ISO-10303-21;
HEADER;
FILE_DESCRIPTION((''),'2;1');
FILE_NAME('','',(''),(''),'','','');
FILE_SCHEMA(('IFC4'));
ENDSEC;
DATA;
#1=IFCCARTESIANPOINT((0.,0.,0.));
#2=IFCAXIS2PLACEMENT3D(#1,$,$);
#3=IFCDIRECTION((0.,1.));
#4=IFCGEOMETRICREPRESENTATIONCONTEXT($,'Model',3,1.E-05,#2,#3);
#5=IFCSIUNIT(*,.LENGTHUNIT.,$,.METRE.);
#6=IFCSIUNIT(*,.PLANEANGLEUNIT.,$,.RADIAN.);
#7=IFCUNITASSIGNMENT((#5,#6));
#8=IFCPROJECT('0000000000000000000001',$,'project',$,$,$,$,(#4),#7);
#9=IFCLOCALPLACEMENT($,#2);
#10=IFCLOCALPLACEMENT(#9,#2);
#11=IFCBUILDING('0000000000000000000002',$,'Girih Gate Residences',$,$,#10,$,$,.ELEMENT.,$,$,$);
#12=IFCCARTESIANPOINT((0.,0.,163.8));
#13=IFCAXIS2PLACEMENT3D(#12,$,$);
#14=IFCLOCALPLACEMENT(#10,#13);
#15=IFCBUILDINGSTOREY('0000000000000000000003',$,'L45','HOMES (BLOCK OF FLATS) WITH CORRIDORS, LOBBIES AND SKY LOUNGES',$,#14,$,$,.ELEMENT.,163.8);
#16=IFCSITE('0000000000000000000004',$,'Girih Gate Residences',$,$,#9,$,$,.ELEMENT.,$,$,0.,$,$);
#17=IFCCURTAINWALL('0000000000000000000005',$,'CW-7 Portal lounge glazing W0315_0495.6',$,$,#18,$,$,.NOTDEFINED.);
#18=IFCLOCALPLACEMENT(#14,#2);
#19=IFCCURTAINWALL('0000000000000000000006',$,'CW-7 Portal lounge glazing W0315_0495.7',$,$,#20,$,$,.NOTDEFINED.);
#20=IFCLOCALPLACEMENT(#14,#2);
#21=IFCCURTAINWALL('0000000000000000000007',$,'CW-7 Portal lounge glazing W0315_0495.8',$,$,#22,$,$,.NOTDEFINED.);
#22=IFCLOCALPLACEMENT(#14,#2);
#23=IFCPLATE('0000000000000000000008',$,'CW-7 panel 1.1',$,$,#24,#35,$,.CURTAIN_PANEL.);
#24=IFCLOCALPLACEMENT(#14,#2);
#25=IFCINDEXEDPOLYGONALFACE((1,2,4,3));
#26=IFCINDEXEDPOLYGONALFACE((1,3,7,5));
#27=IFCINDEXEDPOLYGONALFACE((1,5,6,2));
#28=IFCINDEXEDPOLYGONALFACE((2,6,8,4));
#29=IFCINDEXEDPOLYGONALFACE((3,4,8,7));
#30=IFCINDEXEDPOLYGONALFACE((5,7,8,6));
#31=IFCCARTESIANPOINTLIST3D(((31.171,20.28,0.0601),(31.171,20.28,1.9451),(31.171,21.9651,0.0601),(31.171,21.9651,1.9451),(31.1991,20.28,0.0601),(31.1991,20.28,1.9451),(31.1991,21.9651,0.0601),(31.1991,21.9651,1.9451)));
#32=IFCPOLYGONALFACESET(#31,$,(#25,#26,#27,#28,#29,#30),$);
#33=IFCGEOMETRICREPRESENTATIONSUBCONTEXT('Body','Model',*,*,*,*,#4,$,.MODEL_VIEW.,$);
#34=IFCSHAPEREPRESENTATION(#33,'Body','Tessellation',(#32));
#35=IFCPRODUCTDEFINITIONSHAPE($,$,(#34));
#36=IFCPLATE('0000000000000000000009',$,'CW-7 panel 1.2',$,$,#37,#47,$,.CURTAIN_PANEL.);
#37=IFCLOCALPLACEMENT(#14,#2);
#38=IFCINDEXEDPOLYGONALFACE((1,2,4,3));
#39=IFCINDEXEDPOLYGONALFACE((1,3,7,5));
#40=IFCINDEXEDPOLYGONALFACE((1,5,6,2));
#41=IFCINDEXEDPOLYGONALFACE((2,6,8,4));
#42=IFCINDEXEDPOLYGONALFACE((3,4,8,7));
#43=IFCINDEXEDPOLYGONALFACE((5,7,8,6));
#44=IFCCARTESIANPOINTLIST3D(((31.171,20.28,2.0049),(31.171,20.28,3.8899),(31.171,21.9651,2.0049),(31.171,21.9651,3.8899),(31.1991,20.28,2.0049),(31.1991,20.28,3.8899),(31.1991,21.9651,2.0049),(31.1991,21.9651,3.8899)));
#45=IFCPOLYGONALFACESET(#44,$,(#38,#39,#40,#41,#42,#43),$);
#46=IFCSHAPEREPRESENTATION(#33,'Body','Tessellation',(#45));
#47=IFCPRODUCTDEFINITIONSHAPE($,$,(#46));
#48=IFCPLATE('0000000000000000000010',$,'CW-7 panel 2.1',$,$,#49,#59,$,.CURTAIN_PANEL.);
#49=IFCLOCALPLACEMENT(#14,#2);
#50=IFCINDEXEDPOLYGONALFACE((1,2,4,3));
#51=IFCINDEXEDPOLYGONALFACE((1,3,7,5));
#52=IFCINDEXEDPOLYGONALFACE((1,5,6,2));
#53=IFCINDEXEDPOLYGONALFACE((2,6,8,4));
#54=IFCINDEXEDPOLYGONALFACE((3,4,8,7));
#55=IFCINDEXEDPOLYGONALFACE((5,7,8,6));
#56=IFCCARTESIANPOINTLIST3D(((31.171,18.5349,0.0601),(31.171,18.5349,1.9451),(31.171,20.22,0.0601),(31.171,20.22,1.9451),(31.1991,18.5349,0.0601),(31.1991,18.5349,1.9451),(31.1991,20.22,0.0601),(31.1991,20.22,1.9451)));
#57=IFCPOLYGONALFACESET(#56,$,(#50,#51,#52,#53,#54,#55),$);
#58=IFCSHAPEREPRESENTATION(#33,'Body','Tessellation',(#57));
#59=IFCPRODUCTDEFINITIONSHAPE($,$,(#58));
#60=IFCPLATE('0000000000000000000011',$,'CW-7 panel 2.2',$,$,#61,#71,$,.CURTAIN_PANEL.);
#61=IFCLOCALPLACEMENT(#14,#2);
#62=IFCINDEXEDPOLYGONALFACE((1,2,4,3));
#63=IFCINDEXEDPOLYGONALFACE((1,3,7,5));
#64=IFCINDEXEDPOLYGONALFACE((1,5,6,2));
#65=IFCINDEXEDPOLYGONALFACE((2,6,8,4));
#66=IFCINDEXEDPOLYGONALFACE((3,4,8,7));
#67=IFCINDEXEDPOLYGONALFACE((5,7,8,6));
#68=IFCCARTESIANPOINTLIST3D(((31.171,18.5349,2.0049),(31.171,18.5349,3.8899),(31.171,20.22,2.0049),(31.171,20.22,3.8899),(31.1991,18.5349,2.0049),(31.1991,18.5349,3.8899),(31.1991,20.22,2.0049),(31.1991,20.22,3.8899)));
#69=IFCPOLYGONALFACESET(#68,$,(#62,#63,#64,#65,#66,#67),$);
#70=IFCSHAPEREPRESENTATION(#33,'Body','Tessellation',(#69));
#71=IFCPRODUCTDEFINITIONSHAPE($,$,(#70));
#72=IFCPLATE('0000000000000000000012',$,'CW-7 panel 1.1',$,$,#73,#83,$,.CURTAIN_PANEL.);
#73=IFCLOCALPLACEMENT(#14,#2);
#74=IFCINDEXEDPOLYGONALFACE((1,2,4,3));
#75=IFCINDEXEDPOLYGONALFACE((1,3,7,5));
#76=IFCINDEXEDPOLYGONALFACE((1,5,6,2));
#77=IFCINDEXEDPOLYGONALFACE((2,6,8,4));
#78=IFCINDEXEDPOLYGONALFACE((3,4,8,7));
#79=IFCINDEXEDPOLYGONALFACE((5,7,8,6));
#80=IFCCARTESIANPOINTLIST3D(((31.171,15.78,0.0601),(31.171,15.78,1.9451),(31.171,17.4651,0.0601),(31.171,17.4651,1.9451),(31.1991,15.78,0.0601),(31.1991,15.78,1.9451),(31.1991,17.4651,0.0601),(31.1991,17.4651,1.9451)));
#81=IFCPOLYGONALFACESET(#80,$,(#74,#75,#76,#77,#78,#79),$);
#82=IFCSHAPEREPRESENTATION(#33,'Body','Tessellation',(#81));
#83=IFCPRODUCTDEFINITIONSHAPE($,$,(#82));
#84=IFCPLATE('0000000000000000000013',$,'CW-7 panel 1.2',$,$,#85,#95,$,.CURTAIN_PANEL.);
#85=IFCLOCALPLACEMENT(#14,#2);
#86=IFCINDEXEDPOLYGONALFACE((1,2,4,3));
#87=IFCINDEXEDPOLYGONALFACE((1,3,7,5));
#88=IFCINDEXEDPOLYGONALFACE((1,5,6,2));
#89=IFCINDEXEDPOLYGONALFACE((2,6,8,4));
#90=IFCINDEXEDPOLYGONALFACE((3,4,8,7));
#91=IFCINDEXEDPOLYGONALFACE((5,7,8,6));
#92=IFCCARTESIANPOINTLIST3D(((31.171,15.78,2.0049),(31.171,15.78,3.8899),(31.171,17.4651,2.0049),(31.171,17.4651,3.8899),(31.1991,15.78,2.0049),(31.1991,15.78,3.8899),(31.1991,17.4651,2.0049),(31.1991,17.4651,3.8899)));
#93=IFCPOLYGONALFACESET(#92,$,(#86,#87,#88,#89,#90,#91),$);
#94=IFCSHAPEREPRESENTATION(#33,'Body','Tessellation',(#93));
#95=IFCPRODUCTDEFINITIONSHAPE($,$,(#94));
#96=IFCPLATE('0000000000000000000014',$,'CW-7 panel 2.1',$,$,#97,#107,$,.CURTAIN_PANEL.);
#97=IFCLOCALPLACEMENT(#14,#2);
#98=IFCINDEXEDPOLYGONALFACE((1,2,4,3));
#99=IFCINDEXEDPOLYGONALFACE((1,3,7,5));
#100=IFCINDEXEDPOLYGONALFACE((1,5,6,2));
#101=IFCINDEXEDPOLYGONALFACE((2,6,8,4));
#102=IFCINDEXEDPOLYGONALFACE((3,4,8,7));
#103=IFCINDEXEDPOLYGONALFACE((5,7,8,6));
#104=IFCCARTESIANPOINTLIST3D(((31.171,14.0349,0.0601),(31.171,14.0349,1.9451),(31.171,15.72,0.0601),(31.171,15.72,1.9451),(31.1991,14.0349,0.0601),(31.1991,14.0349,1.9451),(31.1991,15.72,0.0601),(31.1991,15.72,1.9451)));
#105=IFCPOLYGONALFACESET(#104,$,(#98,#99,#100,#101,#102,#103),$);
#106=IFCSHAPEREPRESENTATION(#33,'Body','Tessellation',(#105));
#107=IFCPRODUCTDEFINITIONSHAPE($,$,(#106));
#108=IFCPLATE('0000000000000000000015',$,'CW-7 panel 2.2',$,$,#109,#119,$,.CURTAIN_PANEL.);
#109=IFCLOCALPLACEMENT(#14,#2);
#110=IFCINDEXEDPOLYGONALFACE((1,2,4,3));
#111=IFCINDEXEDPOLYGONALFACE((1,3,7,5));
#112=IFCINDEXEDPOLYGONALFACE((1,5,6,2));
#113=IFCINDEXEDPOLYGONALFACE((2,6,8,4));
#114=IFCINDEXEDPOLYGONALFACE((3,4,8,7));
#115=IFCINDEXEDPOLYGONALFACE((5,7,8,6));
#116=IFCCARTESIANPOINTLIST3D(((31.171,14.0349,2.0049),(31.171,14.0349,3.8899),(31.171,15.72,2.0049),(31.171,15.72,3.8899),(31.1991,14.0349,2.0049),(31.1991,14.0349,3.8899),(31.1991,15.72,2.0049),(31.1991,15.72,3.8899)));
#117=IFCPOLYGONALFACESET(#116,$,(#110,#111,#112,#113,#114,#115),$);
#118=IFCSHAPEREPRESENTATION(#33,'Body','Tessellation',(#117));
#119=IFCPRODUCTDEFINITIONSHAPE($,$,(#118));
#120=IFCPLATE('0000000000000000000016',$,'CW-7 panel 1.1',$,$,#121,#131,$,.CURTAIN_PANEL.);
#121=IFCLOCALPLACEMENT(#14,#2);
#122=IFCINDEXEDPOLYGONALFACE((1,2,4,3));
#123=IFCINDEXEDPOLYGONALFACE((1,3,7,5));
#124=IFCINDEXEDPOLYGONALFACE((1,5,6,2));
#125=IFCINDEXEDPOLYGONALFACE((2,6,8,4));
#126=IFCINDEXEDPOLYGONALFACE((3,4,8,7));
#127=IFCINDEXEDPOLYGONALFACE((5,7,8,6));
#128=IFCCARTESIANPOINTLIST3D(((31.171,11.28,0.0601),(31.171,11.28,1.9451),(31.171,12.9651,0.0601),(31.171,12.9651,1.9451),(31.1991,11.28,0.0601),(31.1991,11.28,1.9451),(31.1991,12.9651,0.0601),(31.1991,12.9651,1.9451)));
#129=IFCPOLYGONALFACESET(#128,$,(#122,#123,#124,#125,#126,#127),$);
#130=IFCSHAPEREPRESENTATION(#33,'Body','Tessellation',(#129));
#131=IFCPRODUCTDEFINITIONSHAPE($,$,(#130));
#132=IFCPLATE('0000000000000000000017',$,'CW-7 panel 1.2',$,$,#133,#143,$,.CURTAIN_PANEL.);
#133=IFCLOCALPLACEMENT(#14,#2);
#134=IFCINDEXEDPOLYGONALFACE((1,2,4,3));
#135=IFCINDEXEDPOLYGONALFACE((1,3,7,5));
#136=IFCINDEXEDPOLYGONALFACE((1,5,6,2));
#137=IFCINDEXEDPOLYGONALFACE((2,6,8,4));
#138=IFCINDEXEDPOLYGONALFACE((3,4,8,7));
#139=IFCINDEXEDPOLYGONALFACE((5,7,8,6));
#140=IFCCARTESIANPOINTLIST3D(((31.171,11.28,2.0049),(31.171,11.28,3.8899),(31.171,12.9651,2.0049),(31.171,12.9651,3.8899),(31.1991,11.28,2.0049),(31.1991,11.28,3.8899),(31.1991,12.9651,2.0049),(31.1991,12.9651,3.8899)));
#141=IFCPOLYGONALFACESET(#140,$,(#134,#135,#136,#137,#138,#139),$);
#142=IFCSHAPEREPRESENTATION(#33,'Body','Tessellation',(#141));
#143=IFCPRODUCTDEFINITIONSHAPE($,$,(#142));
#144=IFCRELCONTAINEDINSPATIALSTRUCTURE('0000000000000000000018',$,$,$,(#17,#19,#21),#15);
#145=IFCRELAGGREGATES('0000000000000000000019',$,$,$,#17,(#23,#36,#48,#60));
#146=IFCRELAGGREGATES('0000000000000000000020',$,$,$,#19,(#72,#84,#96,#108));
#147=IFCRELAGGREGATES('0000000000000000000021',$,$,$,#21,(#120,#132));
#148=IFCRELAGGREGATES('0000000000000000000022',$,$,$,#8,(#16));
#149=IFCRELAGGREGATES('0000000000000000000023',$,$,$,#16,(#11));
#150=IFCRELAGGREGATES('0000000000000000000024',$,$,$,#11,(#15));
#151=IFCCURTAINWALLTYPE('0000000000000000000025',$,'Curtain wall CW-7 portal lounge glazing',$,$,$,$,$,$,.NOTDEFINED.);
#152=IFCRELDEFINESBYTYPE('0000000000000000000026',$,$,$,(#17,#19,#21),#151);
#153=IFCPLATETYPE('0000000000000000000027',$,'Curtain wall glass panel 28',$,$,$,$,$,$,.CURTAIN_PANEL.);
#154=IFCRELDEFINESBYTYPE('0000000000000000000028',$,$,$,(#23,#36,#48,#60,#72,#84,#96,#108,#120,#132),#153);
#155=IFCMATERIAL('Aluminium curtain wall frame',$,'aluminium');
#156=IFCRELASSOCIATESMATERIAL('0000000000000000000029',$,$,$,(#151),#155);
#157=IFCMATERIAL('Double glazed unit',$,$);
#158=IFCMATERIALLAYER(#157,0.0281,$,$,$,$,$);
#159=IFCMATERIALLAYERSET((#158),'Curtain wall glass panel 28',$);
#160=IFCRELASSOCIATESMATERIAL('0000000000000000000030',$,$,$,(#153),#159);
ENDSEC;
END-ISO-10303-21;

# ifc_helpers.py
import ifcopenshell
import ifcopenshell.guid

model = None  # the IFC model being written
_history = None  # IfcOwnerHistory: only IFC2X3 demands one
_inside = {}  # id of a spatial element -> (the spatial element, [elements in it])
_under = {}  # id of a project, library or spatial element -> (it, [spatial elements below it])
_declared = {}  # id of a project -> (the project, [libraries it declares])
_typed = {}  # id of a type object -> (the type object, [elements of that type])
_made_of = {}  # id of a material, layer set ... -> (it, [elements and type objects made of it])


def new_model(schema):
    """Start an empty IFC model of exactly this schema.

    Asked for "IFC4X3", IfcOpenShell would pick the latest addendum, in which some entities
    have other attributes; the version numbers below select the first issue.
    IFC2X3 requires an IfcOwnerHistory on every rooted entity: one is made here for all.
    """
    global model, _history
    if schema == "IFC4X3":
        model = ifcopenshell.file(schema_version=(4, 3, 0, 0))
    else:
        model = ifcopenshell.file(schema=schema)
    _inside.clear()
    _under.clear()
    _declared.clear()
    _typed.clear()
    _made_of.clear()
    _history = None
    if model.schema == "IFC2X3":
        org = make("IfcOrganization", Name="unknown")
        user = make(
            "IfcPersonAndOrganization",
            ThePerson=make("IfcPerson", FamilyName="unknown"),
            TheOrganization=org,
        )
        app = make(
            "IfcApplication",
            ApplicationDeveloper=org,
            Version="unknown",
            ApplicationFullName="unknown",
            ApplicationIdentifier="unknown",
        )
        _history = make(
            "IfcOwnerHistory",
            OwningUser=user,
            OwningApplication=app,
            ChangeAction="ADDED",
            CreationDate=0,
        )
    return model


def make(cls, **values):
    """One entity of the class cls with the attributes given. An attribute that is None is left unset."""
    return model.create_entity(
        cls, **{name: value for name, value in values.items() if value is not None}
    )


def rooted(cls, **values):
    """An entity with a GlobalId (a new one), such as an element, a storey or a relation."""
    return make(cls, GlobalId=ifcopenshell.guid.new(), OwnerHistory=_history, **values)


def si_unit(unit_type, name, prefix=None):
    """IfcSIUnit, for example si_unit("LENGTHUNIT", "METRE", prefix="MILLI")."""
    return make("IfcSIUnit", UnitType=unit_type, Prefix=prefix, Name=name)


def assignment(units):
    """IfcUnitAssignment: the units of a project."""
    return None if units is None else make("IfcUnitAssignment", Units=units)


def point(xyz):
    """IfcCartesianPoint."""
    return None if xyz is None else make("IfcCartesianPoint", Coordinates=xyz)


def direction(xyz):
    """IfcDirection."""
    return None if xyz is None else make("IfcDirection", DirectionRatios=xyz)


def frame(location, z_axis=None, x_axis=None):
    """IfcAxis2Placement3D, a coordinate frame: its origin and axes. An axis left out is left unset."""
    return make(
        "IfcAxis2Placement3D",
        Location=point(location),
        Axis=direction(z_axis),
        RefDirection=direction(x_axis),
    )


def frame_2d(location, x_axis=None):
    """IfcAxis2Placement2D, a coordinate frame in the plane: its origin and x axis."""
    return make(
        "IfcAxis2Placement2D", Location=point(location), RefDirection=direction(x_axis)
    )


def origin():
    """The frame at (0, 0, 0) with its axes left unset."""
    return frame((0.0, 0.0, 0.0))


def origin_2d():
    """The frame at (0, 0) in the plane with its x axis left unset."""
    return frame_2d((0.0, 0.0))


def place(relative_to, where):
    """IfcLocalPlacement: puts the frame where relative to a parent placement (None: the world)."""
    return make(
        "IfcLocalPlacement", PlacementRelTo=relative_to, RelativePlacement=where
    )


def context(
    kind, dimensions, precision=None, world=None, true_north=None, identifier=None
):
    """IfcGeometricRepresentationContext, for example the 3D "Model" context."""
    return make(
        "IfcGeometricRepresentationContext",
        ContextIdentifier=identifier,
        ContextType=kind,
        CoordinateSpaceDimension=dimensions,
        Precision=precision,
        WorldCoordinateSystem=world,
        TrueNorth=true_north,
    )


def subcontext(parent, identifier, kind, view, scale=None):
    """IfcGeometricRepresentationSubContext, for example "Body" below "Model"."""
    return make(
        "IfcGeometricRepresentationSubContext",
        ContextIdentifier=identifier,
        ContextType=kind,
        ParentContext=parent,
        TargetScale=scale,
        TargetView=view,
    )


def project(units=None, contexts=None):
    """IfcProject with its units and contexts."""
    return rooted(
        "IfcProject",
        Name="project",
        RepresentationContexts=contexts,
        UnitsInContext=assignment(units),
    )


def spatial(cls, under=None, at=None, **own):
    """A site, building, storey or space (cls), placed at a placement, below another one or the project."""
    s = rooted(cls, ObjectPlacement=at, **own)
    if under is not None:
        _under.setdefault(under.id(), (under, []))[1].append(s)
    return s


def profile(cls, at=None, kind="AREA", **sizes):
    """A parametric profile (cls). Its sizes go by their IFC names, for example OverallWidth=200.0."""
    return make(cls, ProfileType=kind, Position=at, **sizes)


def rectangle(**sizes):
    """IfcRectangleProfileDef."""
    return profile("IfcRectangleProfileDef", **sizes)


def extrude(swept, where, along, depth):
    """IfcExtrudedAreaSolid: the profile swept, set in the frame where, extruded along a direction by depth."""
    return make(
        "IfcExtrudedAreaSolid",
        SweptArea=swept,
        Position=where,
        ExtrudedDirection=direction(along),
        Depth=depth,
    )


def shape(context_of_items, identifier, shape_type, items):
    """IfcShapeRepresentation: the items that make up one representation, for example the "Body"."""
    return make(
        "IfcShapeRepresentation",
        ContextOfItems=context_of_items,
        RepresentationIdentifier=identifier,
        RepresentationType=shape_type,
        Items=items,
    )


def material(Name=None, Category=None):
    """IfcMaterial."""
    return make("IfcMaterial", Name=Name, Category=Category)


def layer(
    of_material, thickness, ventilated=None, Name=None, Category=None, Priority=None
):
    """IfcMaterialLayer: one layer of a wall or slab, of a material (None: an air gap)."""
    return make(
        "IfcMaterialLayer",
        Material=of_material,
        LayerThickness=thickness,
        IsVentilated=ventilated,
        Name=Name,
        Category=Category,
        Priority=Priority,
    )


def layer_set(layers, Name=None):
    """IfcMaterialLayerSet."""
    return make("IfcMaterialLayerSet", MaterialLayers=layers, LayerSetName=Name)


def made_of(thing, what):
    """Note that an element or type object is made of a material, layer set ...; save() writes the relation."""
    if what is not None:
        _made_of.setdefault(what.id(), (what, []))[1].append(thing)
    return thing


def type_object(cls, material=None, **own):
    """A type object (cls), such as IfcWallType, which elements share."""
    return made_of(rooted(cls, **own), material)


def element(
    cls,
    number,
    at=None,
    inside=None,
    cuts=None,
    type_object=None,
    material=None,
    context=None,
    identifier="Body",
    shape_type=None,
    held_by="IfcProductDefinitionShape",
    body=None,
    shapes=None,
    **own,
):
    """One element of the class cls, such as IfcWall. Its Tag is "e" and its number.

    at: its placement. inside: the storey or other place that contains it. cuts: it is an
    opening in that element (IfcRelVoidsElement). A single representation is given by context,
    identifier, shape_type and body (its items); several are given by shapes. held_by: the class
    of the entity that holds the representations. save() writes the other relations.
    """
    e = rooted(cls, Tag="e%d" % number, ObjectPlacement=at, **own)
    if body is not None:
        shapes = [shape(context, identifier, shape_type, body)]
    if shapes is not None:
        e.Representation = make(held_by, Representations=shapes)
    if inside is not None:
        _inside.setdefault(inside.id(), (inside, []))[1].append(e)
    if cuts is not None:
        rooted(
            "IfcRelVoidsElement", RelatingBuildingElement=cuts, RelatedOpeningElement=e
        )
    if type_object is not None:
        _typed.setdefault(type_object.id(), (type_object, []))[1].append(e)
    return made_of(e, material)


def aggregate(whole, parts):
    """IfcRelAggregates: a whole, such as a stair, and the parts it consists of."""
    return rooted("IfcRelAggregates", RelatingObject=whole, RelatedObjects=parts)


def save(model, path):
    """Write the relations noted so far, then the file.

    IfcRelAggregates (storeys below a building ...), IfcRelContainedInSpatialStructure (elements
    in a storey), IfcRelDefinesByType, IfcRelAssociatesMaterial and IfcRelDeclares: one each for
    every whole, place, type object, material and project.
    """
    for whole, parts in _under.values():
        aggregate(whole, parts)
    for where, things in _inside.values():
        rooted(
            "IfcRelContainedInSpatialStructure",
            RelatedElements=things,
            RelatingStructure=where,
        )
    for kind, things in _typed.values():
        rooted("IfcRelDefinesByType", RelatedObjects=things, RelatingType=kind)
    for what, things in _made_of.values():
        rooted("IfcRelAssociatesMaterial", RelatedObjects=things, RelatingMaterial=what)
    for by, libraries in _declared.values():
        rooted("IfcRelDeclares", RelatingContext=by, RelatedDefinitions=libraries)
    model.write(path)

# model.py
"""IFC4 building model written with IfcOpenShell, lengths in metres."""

from ifc_helpers import new_model, si_unit, direction, frame, origin, origin_2d, place, context, subcontext, project, spatial, rectangle, extrude, material, layer, layer_set, type_object, element, aggregate, save


model = new_model("IFC4")

# Units and contexts
model_context = context("Model", 3, precision=1e-05, world=origin(), true_north=direction((0.0, 1.0)))
body_context = subcontext(model_context, "Body", "Model", "MODEL_VIEW")
ifc_project = project(units=[si_unit("LENGTHUNIT", "METRE"), si_unit("PLANEANGLEUNIT", "RADIAN")], contexts=[model_context])

# Site, building, storey
site_placement = place(None, origin())
site = spatial("IfcSite", under=ifc_project, at=site_placement, Name="Girih Gate Residences", CompositionType="ELEMENT", RefElevation=0.0)
building_placement = place(site_placement, origin())
building = spatial("IfcBuilding", under=site, at=building_placement, Name="Girih Gate Residences", CompositionType="ELEMENT")
storey_placement = place(building_placement, frame((0.0, 0.0, 163.8)))
storey = spatial("IfcBuildingStorey", under=building, at=storey_placement, Name="L45", Description="HOMES (BLOCK OF FLATS) WITH CORRIDORS, LOBBIES AND SKY LOUNGES", CompositionType="ELEMENT", Elevation=163.8)

# Shared definitions
ifc_material_1 = material(Name="Aluminium curtain wall frame", Category="aluminium")
curtain_wall_type = type_object("IfcCurtainWallType", Name="Curtain wall CW-7 portal lounge glazing", PredefinedType="NOTDEFINED", material=ifc_material_1)

# Curtain walls
curtain_wall_1_placement = place(storey_placement, origin())
curtain_wall_1 = element("IfcCurtainWall", 1, at=curtain_wall_1_placement, inside=storey, type_object=curtain_wall_type, Name="CW-7 Portal lounge glazing W0315_0495.6", PredefinedType="NOTDEFINED")
curtain_wall_2_placement = place(storey_placement, origin())
curtain_wall_2 = element("IfcCurtainWall", 2, at=curtain_wall_2_placement, inside=storey, type_object=curtain_wall_type, Name="CW-7 Portal lounge glazing W0315_0495.7", PredefinedType="NOTDEFINED")
curtain_wall_3_placement = place(storey_placement, origin())
curtain_wall_3 = element("IfcCurtainWall", 3, at=curtain_wall_3_placement, inside=storey, type_object=curtain_wall_type, Name="CW-7 Portal lounge glazing W0315_0495.8", PredefinedType="NOTDEFINED")

# Plates
ifc_material_2 = material(Name="Double glazed unit")
ifc_layer = layer(ifc_material_2, 0.0281)
ifc_layer_set = layer_set([ifc_layer], Name="Curtain wall glass panel 28")
plate_type = type_object("IfcPlateType", Name="Curtain wall glass panel 28", PredefinedType="CURTAIN_PANEL", material=ifc_layer_set)
plate_1_placement = place(storey_placement, frame((31.1851, 21.1226, 0.0601), z_axis=(0.0, 0.0, 1.0), x_axis=(0.0, -1.0, 0.0)))
plate_1 = element("IfcPlate", 4, at=plate_1_placement, type_object=plate_type, Name="CW-7 panel 1.1", PredefinedType="CURTAIN_PANEL", context=body_context, shape_type="SweptSolid", body=[
    extrude(rectangle(XDim=1.6851, YDim=0.0281, at=origin_2d()), origin(), (0.0, 0.0, 1.0), 1.885),
])
plate_2_placement = place(storey_placement, frame((31.1851, 21.1226, 2.0049), z_axis=(0.0, 0.0, 1.0), x_axis=(0.0, -1.0, 0.0)))
plate_2 = element("IfcPlate", 5, at=plate_2_placement, type_object=plate_type, Name="CW-7 panel 1.2", PredefinedType="CURTAIN_PANEL", context=body_context, shape_type="SweptSolid", body=[
    extrude(rectangle(XDim=1.6851, YDim=0.0281, at=origin_2d()), origin(), (0.0, 0.0, 1.0), 1.885),
])
plate_3_placement = place(storey_placement, frame((31.1851, 19.3774, 0.0601), z_axis=(0.0, 0.0, 1.0), x_axis=(0.0, -1.0, 0.0)))
plate_3 = element("IfcPlate", 6, at=plate_3_placement, type_object=plate_type, Name="CW-7 panel 2.1", PredefinedType="CURTAIN_PANEL", context=body_context, shape_type="SweptSolid", body=[
    extrude(rectangle(XDim=1.6851, YDim=0.0281, at=origin_2d()), origin(), (0.0, 0.0, 1.0), 1.885),
])
plate_4_placement = place(storey_placement, frame((31.1851, 19.3774, 2.0049), z_axis=(0.0, 0.0, 1.0), x_axis=(0.0, -1.0, 0.0)))
plate_4 = element("IfcPlate", 7, at=plate_4_placement, type_object=plate_type, Name="CW-7 panel 2.2", PredefinedType="CURTAIN_PANEL", context=body_context, shape_type="SweptSolid", body=[
    extrude(rectangle(XDim=1.6851, YDim=0.0281, at=origin_2d()), origin(), (0.0, 0.0, 1.0), 1.885),
])
aggregate(curtain_wall_1, [plate_1, plate_2, plate_3, plate_4])
plate_5_placement = place(storey_placement, frame((31.1851, 16.6226, 0.0601), z_axis=(0.0, 0.0, 1.0), x_axis=(0.0, -1.0, 0.0)))
plate_5 = element("IfcPlate", 8, at=plate_5_placement, type_object=plate_type, Name="CW-7 panel 1.1", PredefinedType="CURTAIN_PANEL", context=body_context, shape_type="SweptSolid", body=[
    extrude(rectangle(XDim=1.6851, YDim=0.0281, at=origin_2d()), origin(), (0.0, 0.0, 1.0), 1.885),
])
plate_6_placement = place(storey_placement, frame((31.1851, 16.6226, 2.0049), z_axis=(0.0, 0.0, 1.0), x_axis=(0.0, -1.0, 0.0)))
plate_6 = element("IfcPlate", 9, at=plate_6_placement, type_object=plate_type, Name="CW-7 panel 1.2", PredefinedType="CURTAIN_PANEL", context=body_context, shape_type="SweptSolid", body=[
    extrude(rectangle(XDim=1.6851, YDim=0.0281, at=origin_2d()), origin(), (0.0, 0.0, 1.0), 1.885),
])
plate_7_placement = place(storey_placement, frame((31.1851, 14.8774, 0.0601), z_axis=(0.0, 0.0, 1.0), x_axis=(0.0, -1.0, 0.0)))
plate_7 = element("IfcPlate", 10, at=plate_7_placement, type_object=plate_type, Name="CW-7 panel 2.1", PredefinedType="CURTAIN_PANEL", context=body_context, shape_type="SweptSolid", body=[
    extrude(rectangle(XDim=1.6851, YDim=0.0281, at=origin_2d()), origin(), (0.0, 0.0, 1.0), 1.885),
])
plate_8_placement = place(storey_placement, frame((31.1851, 14.8774, 2.0049), z_axis=(0.0, 0.0, 1.0), x_axis=(0.0, -1.0, 0.0)))
plate_8 = element("IfcPlate", 11, at=plate_8_placement, type_object=plate_type, Name="CW-7 panel 2.2", PredefinedType="CURTAIN_PANEL", context=body_context, shape_type="SweptSolid", body=[
    extrude(rectangle(XDim=1.6851, YDim=0.0281, at=origin_2d()), origin(), (0.0, 0.0, 1.0), 1.885),
])
aggregate(curtain_wall_2, [plate_5, plate_6, plate_7, plate_8])
plate_9_placement = place(storey_placement, frame((31.1851, 12.1226, 0.0601), z_axis=(0.0, 0.0, 1.0), x_axis=(0.0, -1.0, 0.0)))
plate_9 = element("IfcPlate", 12, at=plate_9_placement, type_object=plate_type, Name="CW-7 panel 1.1", PredefinedType="CURTAIN_PANEL", context=body_context, shape_type="SweptSolid", body=[
    extrude(rectangle(XDim=1.6851, YDim=0.0281, at=origin_2d()), origin(), (0.0, 0.0, 1.0), 1.885),
])
plate_10_placement = place(storey_placement, frame((31.1851, 12.1226, 2.0049), z_axis=(0.0, 0.0, 1.0), x_axis=(0.0, -1.0, 0.0)))
plate_10 = element("IfcPlate", 13, at=plate_10_placement, type_object=plate_type, Name="CW-7 panel 1.2", PredefinedType="CURTAIN_PANEL", context=body_context, shape_type="SweptSolid", body=[
    extrude(rectangle(XDim=1.6851, YDim=0.0281, at=origin_2d()), origin(), (0.0, 0.0, 1.0), 1.885),
])
aggregate(curtain_wall_3, [plate_9, plate_10])

save(model, "model.ifc")
